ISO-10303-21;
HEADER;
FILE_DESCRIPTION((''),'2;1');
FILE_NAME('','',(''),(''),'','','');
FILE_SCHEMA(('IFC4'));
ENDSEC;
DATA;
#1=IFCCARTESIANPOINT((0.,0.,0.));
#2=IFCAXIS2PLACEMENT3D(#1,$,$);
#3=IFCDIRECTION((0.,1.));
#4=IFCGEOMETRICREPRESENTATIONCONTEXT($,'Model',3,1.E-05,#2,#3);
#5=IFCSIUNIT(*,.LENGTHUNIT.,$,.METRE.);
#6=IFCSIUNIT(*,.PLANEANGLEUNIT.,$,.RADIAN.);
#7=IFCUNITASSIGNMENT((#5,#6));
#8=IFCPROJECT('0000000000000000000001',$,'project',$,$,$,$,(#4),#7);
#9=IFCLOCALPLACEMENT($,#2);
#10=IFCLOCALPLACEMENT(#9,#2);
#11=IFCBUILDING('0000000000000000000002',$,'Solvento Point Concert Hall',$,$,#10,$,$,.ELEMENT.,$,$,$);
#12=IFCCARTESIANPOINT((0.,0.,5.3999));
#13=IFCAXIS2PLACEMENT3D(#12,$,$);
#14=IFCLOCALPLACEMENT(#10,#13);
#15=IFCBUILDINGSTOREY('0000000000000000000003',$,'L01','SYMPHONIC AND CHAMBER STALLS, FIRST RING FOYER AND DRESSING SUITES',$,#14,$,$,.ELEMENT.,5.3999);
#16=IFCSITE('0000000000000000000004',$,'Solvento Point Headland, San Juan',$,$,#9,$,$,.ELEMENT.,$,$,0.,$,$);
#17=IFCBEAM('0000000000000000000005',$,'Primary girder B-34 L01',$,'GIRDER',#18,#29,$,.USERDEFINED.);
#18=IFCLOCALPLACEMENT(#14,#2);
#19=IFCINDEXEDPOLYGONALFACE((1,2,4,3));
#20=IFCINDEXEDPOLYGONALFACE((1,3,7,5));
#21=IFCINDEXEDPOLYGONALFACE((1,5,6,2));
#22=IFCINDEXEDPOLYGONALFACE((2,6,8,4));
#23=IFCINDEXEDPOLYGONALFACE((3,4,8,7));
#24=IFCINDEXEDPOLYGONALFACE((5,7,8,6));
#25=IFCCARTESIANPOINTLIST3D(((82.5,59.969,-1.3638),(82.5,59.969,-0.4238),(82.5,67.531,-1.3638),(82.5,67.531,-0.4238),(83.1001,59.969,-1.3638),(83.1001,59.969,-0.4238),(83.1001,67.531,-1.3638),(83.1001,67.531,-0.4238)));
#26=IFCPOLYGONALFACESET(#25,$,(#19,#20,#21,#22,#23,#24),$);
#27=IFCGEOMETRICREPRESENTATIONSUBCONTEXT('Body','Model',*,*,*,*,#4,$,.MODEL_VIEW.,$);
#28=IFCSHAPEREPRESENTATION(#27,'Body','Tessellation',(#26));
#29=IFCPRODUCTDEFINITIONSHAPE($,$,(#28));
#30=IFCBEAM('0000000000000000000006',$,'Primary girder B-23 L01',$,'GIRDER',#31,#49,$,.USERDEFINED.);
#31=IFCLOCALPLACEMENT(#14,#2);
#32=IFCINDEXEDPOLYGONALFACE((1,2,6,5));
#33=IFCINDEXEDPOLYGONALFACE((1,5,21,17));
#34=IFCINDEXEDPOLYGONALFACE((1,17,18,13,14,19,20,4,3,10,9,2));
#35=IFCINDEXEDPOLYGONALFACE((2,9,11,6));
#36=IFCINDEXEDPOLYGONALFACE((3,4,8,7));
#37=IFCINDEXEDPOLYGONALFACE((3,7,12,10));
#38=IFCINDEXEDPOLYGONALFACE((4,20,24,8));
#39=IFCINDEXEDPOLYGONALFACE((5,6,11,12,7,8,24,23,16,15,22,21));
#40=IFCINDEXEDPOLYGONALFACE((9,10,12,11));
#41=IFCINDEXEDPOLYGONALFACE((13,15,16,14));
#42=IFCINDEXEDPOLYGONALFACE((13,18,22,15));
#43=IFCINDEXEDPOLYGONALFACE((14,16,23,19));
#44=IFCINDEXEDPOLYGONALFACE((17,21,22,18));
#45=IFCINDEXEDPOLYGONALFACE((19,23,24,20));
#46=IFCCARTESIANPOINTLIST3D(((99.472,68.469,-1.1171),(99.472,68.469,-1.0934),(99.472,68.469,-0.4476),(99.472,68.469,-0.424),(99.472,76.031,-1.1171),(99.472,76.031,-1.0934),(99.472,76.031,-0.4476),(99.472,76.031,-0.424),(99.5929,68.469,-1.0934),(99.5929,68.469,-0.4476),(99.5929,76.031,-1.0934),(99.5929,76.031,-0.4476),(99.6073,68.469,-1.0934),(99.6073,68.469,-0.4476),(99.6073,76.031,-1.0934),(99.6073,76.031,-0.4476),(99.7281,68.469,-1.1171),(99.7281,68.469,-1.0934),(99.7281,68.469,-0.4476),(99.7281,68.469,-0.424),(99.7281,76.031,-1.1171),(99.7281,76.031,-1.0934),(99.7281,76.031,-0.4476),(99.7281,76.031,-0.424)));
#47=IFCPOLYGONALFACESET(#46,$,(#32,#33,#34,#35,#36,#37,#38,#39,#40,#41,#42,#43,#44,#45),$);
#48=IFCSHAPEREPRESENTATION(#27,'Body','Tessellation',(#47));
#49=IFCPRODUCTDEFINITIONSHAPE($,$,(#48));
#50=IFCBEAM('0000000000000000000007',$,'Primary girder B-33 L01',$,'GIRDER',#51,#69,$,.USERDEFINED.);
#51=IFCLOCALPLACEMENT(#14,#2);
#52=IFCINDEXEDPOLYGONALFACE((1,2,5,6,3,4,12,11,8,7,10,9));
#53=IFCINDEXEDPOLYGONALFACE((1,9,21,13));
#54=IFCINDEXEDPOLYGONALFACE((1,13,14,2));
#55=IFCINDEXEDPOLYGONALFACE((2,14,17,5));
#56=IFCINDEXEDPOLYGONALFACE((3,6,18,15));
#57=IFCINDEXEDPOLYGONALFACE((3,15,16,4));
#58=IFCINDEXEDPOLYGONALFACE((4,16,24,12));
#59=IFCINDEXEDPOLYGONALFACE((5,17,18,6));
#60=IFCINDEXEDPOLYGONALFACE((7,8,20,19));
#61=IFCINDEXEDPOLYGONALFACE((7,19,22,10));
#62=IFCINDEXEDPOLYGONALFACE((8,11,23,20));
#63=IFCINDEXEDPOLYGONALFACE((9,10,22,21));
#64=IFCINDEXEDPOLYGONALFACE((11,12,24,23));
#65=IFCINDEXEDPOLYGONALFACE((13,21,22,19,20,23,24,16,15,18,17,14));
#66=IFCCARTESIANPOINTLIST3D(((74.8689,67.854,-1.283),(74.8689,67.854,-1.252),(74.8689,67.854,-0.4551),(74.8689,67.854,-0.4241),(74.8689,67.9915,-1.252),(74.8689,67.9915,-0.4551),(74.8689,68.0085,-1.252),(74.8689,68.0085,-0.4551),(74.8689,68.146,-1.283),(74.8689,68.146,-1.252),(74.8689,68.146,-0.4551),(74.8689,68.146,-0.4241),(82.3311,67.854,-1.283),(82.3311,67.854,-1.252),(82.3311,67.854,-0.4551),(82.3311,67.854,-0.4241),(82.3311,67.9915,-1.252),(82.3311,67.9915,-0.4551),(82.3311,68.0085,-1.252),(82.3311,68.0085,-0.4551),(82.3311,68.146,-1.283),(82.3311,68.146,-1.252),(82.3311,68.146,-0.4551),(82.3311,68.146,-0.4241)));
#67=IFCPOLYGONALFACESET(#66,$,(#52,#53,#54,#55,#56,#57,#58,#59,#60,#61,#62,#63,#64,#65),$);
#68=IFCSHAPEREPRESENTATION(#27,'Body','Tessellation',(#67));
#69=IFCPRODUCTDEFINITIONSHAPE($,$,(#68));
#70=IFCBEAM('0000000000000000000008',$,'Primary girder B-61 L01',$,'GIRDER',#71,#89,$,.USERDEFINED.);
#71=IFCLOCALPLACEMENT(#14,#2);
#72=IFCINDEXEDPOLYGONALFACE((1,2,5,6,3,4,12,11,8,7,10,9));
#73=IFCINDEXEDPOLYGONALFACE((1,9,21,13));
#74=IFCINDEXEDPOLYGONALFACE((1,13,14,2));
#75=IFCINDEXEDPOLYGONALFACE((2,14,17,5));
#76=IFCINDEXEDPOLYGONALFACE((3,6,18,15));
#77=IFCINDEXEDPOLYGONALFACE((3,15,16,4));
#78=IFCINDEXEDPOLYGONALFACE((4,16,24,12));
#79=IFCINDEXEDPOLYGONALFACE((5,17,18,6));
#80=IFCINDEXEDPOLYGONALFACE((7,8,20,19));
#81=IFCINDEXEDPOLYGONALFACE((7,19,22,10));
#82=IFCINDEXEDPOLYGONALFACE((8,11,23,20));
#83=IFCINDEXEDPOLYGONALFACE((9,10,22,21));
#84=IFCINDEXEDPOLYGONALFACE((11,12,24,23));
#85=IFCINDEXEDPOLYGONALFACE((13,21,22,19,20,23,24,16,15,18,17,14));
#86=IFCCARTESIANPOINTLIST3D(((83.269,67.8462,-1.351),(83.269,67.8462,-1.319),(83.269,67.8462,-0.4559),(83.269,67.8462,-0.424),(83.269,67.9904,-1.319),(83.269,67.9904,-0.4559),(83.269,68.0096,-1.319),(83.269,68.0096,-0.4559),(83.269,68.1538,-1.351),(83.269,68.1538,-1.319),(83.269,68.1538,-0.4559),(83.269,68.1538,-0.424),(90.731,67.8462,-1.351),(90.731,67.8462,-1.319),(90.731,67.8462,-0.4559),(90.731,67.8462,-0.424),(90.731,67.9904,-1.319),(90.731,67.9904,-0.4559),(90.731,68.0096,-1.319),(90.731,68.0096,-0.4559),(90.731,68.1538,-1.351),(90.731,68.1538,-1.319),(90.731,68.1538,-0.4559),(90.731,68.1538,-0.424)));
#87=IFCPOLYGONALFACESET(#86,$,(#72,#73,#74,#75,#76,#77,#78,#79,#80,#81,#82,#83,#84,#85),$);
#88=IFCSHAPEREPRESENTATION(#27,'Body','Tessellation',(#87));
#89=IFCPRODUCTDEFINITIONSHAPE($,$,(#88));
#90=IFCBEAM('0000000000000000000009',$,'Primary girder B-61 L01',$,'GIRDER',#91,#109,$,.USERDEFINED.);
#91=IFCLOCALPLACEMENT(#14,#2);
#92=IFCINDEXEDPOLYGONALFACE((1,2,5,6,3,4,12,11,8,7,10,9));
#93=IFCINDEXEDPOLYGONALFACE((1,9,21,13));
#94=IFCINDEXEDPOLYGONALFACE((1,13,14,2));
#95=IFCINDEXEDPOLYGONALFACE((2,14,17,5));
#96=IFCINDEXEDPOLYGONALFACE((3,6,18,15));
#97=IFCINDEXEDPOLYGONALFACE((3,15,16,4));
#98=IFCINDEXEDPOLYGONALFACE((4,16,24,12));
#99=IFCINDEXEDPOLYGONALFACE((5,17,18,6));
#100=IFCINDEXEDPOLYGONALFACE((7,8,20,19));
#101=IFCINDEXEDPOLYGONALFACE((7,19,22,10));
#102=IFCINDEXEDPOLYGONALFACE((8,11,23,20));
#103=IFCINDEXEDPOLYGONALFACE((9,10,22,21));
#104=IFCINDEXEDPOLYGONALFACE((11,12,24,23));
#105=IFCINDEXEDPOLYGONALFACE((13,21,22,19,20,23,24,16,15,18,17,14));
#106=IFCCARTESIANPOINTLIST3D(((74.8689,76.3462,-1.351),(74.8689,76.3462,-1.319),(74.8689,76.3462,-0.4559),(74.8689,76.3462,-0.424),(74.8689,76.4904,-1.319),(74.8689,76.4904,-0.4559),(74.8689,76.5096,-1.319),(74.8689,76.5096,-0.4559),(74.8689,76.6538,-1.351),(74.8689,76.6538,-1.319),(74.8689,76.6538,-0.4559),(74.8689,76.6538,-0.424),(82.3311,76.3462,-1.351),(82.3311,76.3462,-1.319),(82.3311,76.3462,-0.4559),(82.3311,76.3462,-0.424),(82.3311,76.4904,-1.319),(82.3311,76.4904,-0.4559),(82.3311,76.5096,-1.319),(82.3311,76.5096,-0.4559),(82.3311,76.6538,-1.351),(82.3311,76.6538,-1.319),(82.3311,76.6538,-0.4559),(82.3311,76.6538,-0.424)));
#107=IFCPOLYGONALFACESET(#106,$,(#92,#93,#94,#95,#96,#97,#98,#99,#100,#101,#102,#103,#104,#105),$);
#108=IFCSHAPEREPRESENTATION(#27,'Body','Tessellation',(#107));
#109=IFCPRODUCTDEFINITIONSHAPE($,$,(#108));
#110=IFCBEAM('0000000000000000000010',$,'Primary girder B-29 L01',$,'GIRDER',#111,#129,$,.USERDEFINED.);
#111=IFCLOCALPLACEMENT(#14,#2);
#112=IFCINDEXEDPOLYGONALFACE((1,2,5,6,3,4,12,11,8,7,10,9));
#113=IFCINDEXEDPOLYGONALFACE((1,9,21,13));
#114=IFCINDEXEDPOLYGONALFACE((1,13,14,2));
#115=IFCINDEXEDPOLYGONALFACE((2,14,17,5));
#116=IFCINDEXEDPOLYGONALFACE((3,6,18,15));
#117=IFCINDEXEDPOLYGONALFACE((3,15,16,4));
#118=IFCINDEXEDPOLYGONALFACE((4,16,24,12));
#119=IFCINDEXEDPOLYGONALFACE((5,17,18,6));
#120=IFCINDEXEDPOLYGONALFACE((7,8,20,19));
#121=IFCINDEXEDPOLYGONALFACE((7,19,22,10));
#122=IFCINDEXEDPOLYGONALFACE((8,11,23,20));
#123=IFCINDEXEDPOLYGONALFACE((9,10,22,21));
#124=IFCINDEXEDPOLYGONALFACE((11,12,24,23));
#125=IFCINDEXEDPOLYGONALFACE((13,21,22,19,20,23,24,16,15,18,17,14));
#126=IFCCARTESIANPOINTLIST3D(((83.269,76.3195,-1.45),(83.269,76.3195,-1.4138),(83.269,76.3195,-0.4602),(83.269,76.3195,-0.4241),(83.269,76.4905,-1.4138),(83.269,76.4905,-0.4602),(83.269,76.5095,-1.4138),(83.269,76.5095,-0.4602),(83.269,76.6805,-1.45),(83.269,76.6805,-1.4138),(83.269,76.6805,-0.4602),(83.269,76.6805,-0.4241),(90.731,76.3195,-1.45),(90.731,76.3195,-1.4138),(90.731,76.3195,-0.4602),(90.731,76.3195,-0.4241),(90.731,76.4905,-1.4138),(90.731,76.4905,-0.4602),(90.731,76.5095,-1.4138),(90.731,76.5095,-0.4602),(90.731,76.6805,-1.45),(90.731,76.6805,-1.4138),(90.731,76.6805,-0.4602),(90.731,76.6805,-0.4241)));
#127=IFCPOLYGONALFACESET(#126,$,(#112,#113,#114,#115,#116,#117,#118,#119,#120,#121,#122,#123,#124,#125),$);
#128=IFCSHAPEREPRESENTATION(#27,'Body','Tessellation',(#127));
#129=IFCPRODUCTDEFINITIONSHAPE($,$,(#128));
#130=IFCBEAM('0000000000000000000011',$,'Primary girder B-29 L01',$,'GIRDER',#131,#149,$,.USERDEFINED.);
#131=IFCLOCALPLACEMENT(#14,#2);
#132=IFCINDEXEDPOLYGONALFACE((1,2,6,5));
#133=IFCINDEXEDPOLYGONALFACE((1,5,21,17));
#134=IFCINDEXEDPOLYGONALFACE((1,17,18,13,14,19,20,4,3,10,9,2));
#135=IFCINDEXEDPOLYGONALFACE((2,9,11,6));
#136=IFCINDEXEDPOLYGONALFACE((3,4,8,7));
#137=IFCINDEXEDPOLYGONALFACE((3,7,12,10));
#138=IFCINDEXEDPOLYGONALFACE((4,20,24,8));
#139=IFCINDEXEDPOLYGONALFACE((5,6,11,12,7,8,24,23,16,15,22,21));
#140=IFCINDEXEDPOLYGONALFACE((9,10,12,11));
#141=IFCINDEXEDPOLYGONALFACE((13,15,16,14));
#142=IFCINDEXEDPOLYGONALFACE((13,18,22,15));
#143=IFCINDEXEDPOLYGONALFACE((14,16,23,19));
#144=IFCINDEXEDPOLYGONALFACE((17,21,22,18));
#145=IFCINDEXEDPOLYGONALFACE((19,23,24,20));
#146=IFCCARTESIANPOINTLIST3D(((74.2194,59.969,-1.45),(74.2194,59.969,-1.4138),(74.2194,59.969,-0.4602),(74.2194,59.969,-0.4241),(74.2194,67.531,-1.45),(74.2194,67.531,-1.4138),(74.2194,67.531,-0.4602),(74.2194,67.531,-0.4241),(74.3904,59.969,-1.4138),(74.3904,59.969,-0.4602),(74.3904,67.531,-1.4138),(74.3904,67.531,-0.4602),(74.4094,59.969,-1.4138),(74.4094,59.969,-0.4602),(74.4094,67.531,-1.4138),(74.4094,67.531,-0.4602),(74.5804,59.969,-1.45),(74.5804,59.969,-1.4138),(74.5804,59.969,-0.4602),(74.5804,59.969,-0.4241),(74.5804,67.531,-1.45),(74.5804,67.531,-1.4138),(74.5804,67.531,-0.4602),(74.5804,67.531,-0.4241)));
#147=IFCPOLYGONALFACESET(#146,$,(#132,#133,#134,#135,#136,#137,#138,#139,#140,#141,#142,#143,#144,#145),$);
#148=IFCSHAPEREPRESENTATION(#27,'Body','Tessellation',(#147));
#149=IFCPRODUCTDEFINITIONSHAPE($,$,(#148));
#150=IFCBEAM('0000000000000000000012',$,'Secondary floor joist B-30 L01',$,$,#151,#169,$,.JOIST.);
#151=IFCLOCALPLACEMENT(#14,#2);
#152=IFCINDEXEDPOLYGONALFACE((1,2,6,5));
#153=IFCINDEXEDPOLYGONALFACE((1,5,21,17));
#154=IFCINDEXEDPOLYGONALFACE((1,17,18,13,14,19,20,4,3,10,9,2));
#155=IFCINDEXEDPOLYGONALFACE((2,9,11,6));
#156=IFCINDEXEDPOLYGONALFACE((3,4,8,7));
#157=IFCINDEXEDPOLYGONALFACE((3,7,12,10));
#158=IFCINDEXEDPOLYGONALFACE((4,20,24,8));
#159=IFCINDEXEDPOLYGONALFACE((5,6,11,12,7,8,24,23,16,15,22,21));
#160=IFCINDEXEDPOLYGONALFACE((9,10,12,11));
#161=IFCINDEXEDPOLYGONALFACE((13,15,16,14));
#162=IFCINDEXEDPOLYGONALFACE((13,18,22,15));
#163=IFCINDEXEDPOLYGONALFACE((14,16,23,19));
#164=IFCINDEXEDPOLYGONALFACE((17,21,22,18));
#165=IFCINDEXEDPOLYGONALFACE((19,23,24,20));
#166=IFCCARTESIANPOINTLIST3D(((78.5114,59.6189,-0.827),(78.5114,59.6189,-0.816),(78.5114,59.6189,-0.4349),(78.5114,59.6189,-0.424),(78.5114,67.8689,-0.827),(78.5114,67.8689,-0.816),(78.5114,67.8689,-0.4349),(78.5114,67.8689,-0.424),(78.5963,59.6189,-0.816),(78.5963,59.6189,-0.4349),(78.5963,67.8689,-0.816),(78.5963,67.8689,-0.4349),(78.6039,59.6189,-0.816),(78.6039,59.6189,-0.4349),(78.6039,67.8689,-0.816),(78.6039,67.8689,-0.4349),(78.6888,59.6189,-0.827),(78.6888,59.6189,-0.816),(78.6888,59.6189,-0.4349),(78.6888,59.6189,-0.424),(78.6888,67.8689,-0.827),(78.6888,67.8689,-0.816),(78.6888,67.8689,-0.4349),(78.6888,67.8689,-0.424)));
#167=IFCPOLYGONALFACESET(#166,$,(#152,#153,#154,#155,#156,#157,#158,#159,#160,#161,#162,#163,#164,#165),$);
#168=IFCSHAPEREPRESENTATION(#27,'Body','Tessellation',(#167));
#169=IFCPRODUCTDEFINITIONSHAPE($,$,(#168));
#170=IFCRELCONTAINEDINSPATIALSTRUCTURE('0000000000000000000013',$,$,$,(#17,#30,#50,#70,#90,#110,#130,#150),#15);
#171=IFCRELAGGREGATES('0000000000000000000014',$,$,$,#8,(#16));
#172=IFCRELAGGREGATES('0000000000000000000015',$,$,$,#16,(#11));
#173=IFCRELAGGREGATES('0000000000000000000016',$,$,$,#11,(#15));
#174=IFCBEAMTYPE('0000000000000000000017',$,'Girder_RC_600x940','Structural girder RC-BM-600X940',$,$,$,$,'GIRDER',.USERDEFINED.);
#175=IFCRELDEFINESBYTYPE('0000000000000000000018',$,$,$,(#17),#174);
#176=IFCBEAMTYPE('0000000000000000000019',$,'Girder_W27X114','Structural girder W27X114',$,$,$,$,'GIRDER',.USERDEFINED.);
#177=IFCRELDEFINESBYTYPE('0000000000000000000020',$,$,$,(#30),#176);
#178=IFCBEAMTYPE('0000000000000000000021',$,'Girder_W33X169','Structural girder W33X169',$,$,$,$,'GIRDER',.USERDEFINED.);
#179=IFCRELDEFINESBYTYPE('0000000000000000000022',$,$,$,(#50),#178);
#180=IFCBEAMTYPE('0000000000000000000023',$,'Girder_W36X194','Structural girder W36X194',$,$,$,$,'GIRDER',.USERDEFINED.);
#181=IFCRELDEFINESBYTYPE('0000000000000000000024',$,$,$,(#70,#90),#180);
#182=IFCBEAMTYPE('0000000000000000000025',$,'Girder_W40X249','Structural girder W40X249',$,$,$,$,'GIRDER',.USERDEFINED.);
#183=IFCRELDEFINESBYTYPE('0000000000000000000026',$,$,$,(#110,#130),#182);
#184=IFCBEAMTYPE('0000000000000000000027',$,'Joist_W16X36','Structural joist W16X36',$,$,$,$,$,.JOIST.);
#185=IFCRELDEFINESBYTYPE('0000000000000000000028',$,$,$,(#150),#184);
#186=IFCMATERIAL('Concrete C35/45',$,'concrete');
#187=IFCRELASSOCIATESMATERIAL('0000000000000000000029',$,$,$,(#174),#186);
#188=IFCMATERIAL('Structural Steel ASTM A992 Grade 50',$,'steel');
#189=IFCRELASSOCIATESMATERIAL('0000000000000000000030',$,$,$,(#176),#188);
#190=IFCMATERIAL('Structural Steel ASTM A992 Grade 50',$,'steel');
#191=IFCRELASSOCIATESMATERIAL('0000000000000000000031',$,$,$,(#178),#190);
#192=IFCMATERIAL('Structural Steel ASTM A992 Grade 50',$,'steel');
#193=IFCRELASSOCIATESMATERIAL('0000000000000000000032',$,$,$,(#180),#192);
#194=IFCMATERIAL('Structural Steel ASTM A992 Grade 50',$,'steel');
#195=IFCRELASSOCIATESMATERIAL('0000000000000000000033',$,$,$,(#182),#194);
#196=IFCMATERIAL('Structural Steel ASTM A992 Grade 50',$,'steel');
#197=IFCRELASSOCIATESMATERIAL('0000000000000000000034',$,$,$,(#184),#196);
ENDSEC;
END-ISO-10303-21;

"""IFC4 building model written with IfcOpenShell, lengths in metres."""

from ifc_helpers import new_model, si_unit, direction, frame, origin, origin_2d, place, context, subcontext, project, spatial, rectangle, i_section, extrude, material, material_profile, profile_set, type_object, element, save


model = new_model("IFC4")

# Units and contexts
model_context = context("Model", 3, precision=1e-05, world=origin(), true_north=direction((0.0, 1.0)))
body_context = subcontext(model_context, "Body", "Model", "MODEL_VIEW")
ifc_project = project(units=[si_unit("LENGTHUNIT", "METRE"), si_unit("PLANEANGLEUNIT", "RADIAN")], contexts=[model_context])

# Site, building, storey
site_placement = place(None, origin())
site = spatial("IfcSite", under=ifc_project, at=site_placement, Name="Solvento Point Headland, San Juan", CompositionType="ELEMENT", RefElevation=0.0)
building_placement = place(site_placement, origin())
building = spatial("IfcBuilding", under=site, at=building_placement, Name="Solvento Point Concert Hall", CompositionType="ELEMENT")
storey_placement = place(building_placement, frame((0.0, 0.0, 5.3999)))
storey = spatial("IfcBuildingStorey", under=building, at=storey_placement, Name="L01", Description="SYMPHONIC AND CHAMBER STALLS, FIRST RING FOYER AND DRESSING SUITES", CompositionType="ELEMENT", Elevation=5.3999)

# Beams
ifc_material_1 = material(Name="Concrete C35/45", Category="concrete")
ifc_material_profile_1 = material_profile(ifc_material_1, rectangle(XDim=0.6001, YDim=0.9399, at=origin_2d()), Name="RC-BM-600X940")
ifc_profile_set_1 = profile_set([ifc_material_profile_1], Name="Concrete C35/45")
beam_type_1 = type_object("IfcBeamType", Name="Girder_RC_600x940", Description="Structural girder RC-BM-600X940", ElementType="GIRDER", PredefinedType="USERDEFINED", material=ifc_profile_set_1)
for number, where, z_axis, x_axis, name in (
    (1, (82.8, 59.969, -0.8938), (0.0, 1.0, 0.0), (-1.0, 0.0, 0.0), "Primary girder B-34 L01"),
):
    element("IfcBeam", number, at=place(storey_placement, frame(where, z_axis=z_axis, x_axis=x_axis)), inside=storey, type_object=beam_type_1, Name=name, ObjectType="GIRDER", PredefinedType="USERDEFINED", context=body_context, shape_type="SweptSolid", body=[
        extrude(rectangle(XDim=0.6001, YDim=0.9399, at=origin_2d()), origin(), (0.0, 0.0, 1.0), 7.562),
    ])
ifc_material_2 = material(Name="Structural Steel ASTM A992 Grade 50", Category="steel")
ifc_material_profile_2 = material_profile(ifc_material_2, i_section(OverallWidth=0.2561, OverallDepth=0.6931, WebThickness=0.0144, FlangeThickness=0.0237, at=origin_2d()), Name="W27X114")
ifc_profile_set_2 = profile_set([ifc_material_profile_2], Name="Structural Steel ASTM A992 Grade 50")
beam_type_2 = type_object("IfcBeamType", Name="Girder_W27X114", Description="Structural girder W27X114", ElementType="GIRDER", PredefinedType="USERDEFINED", material=ifc_profile_set_2)
beam_1_placement = place(storey_placement, frame((99.6001, 68.469, -0.7705), z_axis=(0.0, 1.0, 0.0), x_axis=(-1.0, 0.0, 0.0)))
element("IfcBeam", 2, at=beam_1_placement, inside=storey, type_object=beam_type_2, Name="Primary girder B-23 L01", ObjectType="GIRDER", PredefinedType="USERDEFINED", context=body_context, shape_type="SweptSolid", body=[
    extrude(i_section(OverallWidth=0.2561, OverallDepth=0.6931, WebThickness=0.0144, FlangeThickness=0.0237, at=origin_2d()), origin(), (0.0, 0.0, 1.0), 7.562),
])
ifc_material_3 = material(Name="Structural Steel ASTM A992 Grade 50", Category="steel")
ifc_material_profile_3 = material_profile(ifc_material_3, i_section(OverallWidth=0.292, OverallDepth=0.8589, WebThickness=0.0171, FlangeThickness=0.031, at=origin_2d()), Name="W33X169")
ifc_profile_set_3 = profile_set([ifc_material_profile_3], Name="Structural Steel ASTM A992 Grade 50")
beam_type_3 = type_object("IfcBeamType", Name="Girder_W33X169", Description="Structural girder W33X169", ElementType="GIRDER", PredefinedType="USERDEFINED", material=ifc_profile_set_3)
beam_2_placement = place(storey_placement, frame((74.8689, 68.0, -0.8535), z_axis=(1.0, 0.0, 0.0), x_axis=(0.0, 1.0, 0.0)))
element("IfcBeam", 3, at=beam_2_placement, inside=storey, type_object=beam_type_3, Name="Primary girder B-33 L01", ObjectType="GIRDER", PredefinedType="USERDEFINED", context=body_context, shape_type="SweptSolid", body=[
    extrude(i_section(OverallWidth=0.292, OverallDepth=0.8589, WebThickness=0.0171, FlangeThickness=0.031, at=origin_2d()), origin(), (0.0, 0.0, 1.0), 7.4622),
])
ifc_material_4 = material(Name="Structural Steel ASTM A992 Grade 50", Category="steel")
ifc_material_profile_4 = material_profile(ifc_material_4, i_section(OverallWidth=0.3076, OverallDepth=0.927, WebThickness=0.0193, FlangeThickness=0.032, at=origin_2d()), Name="W36X194")
ifc_profile_set_4 = profile_set([ifc_material_profile_4], Name="Structural Steel ASTM A992 Grade 50")
beam_type_4 = type_object("IfcBeamType", Name="Girder_W36X194", Description="Structural girder W36X194", ElementType="GIRDER", PredefinedType="USERDEFINED", material=ifc_profile_set_4)
beam_3_placement = place(storey_placement, frame((83.269, 68.0, -0.8875), z_axis=(1.0, 0.0, 0.0), x_axis=(0.0, 1.0, 0.0)))
element("IfcBeam", 4, at=beam_3_placement, inside=storey, type_object=beam_type_4, Name="Primary girder B-61 L01", ObjectType="GIRDER", PredefinedType="USERDEFINED", context=body_context, shape_type="SweptSolid", body=[
    extrude(i_section(OverallWidth=0.3076, OverallDepth=0.927, WebThickness=0.0193, FlangeThickness=0.032, at=origin_2d()), origin(), (0.0, 0.0, 1.0), 7.4619),
])
beam_4_placement = place(storey_placement, frame((74.8689, 76.5, -0.8875), z_axis=(1.0, 0.0, 0.0), x_axis=(0.0, 1.0, 0.0)))
element("IfcBeam", 5, at=beam_4_placement, inside=storey, type_object=beam_type_4, Name="Primary girder B-61 L01", ObjectType="GIRDER", PredefinedType="USERDEFINED", context=body_context, shape_type="SweptSolid", body=[
    extrude(i_section(OverallWidth=0.3076, OverallDepth=0.927, WebThickness=0.0193, FlangeThickness=0.032, at=origin_2d()), origin(), (0.0, 0.0, 1.0), 7.4622),
])
ifc_material_5 = material(Name="Structural Steel ASTM A992 Grade 50", Category="steel")
ifc_material_profile_5 = material_profile(ifc_material_5, i_section(OverallWidth=0.3611, OverallDepth=1.0259, WebThickness=0.019, FlangeThickness=0.0361, at=origin_2d()), Name="W40X249")
ifc_profile_set_5 = profile_set([ifc_material_profile_5], Name="Structural Steel ASTM A992 Grade 50")
beam_type_5 = type_object("IfcBeamType", Name="Girder_W40X249", Description="Structural girder W40X249", ElementType="GIRDER", PredefinedType="USERDEFINED", material=ifc_profile_set_5)
beam_5_placement = place(storey_placement, frame((83.269, 76.5, -0.937), z_axis=(1.0, 0.0, 0.0), x_axis=(0.0, 1.0, 0.0)))
element("IfcBeam", 6, at=beam_5_placement, inside=storey, type_object=beam_type_5, Name="Primary girder B-29 L01", ObjectType="GIRDER", PredefinedType="USERDEFINED", context=body_context, shape_type="SweptSolid", body=[
    extrude(i_section(OverallWidth=0.3611, OverallDepth=1.0259, WebThickness=0.019, FlangeThickness=0.0361, at=origin_2d()), origin(), (0.0, 0.0, 1.0), 7.4619),
])
beam_6_placement = place(storey_placement, frame((74.3999, 59.969, -0.937), z_axis=(0.0, 1.0, 0.0), x_axis=(-1.0, 0.0, 0.0)))
element("IfcBeam", 7, at=beam_6_placement, inside=storey, type_object=beam_type_5, Name="Primary girder B-29 L01", ObjectType="GIRDER", PredefinedType="USERDEFINED", context=body_context, shape_type="SweptSolid", body=[
    extrude(i_section(OverallWidth=0.3611, OverallDepth=1.0259, WebThickness=0.019, FlangeThickness=0.0361, at=origin_2d()), origin(), (0.0, 0.0, 1.0), 7.562),
])
ifc_material_6 = material(Name="Structural Steel ASTM A992 Grade 50", Category="steel")
ifc_material_profile_6 = material_profile(ifc_material_6, i_section(OverallWidth=0.1775, OverallDepth=0.4031, WebThickness=0.0076, FlangeThickness=0.011, at=origin_2d()), Name="W16X36")
ifc_profile_set_6 = profile_set([ifc_material_profile_6], Name="Structural Steel ASTM A992 Grade 50")
beam_type_6 = type_object("IfcBeamType", Name="Joist_W16X36", Description="Structural joist W16X36", PredefinedType="JOIST", material=ifc_profile_set_6)
beam_7_placement = place(storey_placement, frame((78.6001, 59.6189, -0.6255), z_axis=(0.0, 1.0, 0.0), x_axis=(-1.0, 0.0, 0.0)))
element("IfcBeam", 8, at=beam_7_placement, inside=storey, type_object=beam_type_6, Name="Secondary floor joist B-30 L01", PredefinedType="JOIST", context=body_context, shape_type="SweptSolid", body=[
    extrude(i_section(OverallWidth=0.1775, OverallDepth=0.4031, WebThickness=0.0076, FlangeThickness=0.011, at=origin_2d()), origin(), (0.0, 0.0, 1.0), 8.25),
])

save(model, "model.ifc")
